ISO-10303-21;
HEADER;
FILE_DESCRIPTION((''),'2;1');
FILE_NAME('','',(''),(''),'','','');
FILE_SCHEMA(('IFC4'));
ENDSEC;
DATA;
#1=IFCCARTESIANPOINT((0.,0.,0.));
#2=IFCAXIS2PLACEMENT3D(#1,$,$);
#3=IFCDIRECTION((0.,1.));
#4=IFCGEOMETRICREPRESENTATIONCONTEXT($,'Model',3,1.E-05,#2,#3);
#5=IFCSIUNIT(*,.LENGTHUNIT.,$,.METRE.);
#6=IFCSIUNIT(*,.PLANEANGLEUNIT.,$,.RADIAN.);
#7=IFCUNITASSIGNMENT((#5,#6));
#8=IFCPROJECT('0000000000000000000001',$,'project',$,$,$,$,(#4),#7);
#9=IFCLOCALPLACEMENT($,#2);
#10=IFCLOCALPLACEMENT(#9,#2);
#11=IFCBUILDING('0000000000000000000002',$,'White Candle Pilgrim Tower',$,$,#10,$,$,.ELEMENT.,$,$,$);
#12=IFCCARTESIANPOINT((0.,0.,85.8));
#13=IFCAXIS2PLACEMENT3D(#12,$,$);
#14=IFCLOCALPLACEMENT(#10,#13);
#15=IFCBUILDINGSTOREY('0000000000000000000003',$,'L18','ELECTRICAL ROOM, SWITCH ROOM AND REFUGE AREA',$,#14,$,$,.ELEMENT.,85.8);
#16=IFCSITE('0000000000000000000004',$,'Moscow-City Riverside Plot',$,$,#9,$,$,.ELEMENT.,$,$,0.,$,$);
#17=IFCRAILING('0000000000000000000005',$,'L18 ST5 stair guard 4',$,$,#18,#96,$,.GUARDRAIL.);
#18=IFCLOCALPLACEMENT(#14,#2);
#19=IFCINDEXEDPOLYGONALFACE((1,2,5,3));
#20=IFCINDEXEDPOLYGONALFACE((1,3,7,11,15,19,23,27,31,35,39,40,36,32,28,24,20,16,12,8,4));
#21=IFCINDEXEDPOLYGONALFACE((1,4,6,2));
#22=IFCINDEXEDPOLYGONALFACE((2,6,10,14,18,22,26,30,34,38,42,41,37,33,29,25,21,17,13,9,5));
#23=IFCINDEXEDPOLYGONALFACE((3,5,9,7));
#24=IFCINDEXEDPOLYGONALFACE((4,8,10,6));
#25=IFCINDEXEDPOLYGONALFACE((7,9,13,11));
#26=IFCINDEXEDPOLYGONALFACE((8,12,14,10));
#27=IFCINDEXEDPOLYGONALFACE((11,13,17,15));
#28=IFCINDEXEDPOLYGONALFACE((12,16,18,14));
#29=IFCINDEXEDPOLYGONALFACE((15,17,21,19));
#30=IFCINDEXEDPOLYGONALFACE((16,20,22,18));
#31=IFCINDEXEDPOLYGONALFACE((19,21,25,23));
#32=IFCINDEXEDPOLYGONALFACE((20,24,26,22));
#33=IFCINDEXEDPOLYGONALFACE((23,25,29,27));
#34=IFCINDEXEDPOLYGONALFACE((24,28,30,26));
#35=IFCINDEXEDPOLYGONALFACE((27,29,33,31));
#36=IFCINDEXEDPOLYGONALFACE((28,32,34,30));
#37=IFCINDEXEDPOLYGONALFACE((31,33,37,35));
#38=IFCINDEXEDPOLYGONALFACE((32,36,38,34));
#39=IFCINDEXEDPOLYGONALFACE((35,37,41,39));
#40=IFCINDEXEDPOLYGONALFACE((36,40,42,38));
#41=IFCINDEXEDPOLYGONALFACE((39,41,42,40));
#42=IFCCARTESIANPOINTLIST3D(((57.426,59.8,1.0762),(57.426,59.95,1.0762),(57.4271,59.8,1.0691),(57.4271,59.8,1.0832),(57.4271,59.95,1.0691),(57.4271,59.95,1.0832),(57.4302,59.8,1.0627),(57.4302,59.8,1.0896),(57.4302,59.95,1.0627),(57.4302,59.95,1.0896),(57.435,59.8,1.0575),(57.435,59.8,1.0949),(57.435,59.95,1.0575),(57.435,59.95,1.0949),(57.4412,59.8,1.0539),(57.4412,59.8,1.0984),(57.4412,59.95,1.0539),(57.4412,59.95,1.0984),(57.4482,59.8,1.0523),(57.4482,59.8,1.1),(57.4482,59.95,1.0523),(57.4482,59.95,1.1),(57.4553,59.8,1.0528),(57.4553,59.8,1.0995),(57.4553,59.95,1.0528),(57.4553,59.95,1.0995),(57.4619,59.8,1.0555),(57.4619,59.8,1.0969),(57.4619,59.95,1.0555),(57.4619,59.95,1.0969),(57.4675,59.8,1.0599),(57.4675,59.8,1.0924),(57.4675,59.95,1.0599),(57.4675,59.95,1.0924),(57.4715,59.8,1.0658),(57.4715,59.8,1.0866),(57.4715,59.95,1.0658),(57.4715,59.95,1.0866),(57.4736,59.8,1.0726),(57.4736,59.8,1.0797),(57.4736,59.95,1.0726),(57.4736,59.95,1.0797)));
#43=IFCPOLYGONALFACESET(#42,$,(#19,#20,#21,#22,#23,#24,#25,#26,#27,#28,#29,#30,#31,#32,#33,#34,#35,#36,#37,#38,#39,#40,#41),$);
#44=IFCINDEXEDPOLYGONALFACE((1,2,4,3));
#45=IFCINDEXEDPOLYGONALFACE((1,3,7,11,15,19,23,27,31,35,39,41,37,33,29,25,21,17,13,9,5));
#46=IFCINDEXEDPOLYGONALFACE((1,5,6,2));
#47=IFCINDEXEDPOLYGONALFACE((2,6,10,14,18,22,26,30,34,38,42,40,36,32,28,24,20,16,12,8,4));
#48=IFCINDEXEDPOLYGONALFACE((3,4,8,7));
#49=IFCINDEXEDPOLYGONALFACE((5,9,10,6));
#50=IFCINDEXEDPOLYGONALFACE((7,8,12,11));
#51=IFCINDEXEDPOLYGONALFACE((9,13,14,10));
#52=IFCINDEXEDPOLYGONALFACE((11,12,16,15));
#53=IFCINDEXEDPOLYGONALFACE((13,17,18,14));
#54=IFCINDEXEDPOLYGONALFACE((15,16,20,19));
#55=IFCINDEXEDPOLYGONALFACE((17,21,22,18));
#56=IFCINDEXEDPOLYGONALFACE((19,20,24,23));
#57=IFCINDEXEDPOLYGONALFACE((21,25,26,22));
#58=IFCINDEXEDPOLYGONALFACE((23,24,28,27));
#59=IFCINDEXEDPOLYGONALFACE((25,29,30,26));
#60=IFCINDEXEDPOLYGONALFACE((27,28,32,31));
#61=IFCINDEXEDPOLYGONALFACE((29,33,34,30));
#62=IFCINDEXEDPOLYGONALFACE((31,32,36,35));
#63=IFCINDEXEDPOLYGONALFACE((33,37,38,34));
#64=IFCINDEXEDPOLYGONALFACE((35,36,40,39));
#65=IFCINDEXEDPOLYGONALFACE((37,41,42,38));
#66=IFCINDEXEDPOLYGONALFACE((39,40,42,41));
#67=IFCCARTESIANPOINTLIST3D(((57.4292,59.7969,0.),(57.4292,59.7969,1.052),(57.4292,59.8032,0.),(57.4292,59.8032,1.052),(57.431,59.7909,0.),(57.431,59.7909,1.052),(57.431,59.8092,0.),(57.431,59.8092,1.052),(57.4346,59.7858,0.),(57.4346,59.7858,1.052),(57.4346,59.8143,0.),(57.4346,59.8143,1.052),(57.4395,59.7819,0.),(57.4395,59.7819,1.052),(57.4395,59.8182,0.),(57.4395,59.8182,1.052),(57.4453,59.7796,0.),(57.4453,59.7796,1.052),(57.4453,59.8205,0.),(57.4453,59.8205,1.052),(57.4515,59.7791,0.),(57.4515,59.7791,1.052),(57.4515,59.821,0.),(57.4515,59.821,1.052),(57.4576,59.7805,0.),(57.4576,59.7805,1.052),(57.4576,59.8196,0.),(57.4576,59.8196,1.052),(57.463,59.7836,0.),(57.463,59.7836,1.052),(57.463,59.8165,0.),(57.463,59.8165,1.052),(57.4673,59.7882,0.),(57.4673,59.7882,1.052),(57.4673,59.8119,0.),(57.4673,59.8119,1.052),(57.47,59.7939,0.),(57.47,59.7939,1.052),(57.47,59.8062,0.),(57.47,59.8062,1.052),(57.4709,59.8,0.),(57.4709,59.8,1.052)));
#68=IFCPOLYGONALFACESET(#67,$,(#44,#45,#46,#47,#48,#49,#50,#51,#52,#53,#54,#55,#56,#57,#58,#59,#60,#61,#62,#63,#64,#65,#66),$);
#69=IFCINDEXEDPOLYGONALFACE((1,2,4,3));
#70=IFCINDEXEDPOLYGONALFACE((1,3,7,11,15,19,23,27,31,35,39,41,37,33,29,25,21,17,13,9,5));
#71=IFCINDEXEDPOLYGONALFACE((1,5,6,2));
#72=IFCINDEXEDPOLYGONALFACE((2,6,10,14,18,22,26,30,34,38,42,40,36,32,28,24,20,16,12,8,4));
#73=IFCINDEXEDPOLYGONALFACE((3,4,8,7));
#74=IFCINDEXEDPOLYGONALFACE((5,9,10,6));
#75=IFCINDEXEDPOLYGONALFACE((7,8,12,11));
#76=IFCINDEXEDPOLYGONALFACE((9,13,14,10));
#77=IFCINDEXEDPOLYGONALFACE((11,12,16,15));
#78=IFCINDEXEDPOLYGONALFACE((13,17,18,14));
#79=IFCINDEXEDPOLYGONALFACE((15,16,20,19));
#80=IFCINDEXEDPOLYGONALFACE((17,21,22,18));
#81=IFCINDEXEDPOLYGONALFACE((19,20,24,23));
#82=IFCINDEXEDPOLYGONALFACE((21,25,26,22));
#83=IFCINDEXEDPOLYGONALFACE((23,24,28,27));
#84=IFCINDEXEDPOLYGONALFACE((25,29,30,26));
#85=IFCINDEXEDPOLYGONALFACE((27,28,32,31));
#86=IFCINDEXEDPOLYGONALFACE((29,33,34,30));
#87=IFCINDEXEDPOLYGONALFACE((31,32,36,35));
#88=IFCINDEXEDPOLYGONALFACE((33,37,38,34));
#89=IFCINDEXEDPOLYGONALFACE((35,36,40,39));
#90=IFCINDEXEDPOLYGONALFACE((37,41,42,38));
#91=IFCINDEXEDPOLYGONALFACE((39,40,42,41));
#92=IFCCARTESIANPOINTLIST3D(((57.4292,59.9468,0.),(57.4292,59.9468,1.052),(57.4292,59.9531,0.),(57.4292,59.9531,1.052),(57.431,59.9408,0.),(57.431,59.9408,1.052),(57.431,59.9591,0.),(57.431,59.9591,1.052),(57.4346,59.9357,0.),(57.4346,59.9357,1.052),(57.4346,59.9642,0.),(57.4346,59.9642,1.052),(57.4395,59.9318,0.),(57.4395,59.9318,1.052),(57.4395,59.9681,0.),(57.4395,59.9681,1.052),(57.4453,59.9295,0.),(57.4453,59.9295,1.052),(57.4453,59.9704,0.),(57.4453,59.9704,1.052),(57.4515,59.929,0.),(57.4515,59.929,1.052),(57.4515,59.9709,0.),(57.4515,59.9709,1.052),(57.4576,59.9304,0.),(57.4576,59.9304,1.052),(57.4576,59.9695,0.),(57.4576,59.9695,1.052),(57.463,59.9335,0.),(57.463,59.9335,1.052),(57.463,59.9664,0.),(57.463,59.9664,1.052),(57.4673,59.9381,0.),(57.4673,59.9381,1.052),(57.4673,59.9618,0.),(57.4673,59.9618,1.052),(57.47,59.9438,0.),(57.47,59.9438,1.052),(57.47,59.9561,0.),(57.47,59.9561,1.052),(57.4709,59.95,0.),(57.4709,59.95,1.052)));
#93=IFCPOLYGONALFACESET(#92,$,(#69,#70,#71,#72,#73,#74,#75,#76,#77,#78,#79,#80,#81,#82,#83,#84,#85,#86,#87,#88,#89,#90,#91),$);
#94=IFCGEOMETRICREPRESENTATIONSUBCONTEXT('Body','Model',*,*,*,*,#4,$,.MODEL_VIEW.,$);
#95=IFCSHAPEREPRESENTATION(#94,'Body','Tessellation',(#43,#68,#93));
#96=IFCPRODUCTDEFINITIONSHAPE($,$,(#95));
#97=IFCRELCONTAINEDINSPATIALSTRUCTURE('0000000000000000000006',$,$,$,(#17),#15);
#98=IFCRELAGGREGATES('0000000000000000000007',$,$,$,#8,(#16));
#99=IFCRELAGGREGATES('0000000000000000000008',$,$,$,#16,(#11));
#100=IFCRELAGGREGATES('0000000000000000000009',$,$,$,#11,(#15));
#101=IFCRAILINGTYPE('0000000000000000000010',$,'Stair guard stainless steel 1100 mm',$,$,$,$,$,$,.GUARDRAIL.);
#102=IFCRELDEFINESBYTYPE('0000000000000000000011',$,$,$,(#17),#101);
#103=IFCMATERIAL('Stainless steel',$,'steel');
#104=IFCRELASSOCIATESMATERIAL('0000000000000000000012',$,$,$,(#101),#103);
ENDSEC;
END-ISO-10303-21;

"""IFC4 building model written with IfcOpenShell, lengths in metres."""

from ifc_helpers import new_model, si_unit, direction, frame, origin, origin_2d, place, context, subcontext, project, spatial, circle, extrude, material, type_object, element, save


model = new_model("IFC4")

# Units and contexts
model_context = context("Model", 3, precision=1e-05, world=origin(), true_north=direction((0.0, 1.0)))
body_context = subcontext(model_context, "Body", "Model", "MODEL_VIEW")
ifc_project = project(units=[si_unit("LENGTHUNIT", "METRE"), si_unit("PLANEANGLEUNIT", "RADIAN")], contexts=[model_context])

# Site, building, storey
site_placement = place(None, origin())
site = spatial("IfcSite", under=ifc_project, at=site_placement, Name="Moscow-City Riverside Plot", CompositionType="ELEMENT", RefElevation=0.0)
building_placement = place(site_placement, origin())
building = spatial("IfcBuilding", under=site, at=building_placement, Name="White Candle Pilgrim Tower", CompositionType="ELEMENT")
storey_placement = place(building_placement, frame((0.0, 0.0, 85.8)))
storey = spatial("IfcBuildingStorey", under=building, at=storey_placement, Name="L18", Description="ELECTRICAL ROOM, SWITCH ROOM AND REFUGE AREA", CompositionType="ELEMENT", Elevation=85.8)

# Railing
ifc_material_1 = material(Name="Stainless steel", Category="steel")
railing_type_1 = type_object("IfcRailingType", Name="Stair guard stainless steel 1100 mm", PredefinedType="GUARDRAIL", material=ifc_material_1)
railing_1_placement = place(storey_placement, frame((57.45, 59.8, 0.0)))
element("IfcRailing", 1, at=railing_1_placement, inside=storey, type_object=railing_type_1, Name="L18 ST5 stair guard 4", PredefinedType="GUARDRAIL", context=body_context, shape_type="SweptSolid", body=[
    extrude(circle(Radius=0.0239, at=origin_2d()), frame((0.0, 0.0, 1.0762), z_axis=(0.0, 1.0, 0.0), x_axis=(-1.0, 0.0, 0.0)), (0.0, 0.0, 1.0), 0.1499),
    extrude(circle(Radius=0.021, at=origin_2d()), origin(), (0.0, 0.0, 1.0), 1.052),
    extrude(circle(Radius=0.021, at=origin_2d()), frame((0.0, 0.1499, 0.0)), (0.0, 0.0, 1.0), 1.052),
])

save(model, "model.ifc")
